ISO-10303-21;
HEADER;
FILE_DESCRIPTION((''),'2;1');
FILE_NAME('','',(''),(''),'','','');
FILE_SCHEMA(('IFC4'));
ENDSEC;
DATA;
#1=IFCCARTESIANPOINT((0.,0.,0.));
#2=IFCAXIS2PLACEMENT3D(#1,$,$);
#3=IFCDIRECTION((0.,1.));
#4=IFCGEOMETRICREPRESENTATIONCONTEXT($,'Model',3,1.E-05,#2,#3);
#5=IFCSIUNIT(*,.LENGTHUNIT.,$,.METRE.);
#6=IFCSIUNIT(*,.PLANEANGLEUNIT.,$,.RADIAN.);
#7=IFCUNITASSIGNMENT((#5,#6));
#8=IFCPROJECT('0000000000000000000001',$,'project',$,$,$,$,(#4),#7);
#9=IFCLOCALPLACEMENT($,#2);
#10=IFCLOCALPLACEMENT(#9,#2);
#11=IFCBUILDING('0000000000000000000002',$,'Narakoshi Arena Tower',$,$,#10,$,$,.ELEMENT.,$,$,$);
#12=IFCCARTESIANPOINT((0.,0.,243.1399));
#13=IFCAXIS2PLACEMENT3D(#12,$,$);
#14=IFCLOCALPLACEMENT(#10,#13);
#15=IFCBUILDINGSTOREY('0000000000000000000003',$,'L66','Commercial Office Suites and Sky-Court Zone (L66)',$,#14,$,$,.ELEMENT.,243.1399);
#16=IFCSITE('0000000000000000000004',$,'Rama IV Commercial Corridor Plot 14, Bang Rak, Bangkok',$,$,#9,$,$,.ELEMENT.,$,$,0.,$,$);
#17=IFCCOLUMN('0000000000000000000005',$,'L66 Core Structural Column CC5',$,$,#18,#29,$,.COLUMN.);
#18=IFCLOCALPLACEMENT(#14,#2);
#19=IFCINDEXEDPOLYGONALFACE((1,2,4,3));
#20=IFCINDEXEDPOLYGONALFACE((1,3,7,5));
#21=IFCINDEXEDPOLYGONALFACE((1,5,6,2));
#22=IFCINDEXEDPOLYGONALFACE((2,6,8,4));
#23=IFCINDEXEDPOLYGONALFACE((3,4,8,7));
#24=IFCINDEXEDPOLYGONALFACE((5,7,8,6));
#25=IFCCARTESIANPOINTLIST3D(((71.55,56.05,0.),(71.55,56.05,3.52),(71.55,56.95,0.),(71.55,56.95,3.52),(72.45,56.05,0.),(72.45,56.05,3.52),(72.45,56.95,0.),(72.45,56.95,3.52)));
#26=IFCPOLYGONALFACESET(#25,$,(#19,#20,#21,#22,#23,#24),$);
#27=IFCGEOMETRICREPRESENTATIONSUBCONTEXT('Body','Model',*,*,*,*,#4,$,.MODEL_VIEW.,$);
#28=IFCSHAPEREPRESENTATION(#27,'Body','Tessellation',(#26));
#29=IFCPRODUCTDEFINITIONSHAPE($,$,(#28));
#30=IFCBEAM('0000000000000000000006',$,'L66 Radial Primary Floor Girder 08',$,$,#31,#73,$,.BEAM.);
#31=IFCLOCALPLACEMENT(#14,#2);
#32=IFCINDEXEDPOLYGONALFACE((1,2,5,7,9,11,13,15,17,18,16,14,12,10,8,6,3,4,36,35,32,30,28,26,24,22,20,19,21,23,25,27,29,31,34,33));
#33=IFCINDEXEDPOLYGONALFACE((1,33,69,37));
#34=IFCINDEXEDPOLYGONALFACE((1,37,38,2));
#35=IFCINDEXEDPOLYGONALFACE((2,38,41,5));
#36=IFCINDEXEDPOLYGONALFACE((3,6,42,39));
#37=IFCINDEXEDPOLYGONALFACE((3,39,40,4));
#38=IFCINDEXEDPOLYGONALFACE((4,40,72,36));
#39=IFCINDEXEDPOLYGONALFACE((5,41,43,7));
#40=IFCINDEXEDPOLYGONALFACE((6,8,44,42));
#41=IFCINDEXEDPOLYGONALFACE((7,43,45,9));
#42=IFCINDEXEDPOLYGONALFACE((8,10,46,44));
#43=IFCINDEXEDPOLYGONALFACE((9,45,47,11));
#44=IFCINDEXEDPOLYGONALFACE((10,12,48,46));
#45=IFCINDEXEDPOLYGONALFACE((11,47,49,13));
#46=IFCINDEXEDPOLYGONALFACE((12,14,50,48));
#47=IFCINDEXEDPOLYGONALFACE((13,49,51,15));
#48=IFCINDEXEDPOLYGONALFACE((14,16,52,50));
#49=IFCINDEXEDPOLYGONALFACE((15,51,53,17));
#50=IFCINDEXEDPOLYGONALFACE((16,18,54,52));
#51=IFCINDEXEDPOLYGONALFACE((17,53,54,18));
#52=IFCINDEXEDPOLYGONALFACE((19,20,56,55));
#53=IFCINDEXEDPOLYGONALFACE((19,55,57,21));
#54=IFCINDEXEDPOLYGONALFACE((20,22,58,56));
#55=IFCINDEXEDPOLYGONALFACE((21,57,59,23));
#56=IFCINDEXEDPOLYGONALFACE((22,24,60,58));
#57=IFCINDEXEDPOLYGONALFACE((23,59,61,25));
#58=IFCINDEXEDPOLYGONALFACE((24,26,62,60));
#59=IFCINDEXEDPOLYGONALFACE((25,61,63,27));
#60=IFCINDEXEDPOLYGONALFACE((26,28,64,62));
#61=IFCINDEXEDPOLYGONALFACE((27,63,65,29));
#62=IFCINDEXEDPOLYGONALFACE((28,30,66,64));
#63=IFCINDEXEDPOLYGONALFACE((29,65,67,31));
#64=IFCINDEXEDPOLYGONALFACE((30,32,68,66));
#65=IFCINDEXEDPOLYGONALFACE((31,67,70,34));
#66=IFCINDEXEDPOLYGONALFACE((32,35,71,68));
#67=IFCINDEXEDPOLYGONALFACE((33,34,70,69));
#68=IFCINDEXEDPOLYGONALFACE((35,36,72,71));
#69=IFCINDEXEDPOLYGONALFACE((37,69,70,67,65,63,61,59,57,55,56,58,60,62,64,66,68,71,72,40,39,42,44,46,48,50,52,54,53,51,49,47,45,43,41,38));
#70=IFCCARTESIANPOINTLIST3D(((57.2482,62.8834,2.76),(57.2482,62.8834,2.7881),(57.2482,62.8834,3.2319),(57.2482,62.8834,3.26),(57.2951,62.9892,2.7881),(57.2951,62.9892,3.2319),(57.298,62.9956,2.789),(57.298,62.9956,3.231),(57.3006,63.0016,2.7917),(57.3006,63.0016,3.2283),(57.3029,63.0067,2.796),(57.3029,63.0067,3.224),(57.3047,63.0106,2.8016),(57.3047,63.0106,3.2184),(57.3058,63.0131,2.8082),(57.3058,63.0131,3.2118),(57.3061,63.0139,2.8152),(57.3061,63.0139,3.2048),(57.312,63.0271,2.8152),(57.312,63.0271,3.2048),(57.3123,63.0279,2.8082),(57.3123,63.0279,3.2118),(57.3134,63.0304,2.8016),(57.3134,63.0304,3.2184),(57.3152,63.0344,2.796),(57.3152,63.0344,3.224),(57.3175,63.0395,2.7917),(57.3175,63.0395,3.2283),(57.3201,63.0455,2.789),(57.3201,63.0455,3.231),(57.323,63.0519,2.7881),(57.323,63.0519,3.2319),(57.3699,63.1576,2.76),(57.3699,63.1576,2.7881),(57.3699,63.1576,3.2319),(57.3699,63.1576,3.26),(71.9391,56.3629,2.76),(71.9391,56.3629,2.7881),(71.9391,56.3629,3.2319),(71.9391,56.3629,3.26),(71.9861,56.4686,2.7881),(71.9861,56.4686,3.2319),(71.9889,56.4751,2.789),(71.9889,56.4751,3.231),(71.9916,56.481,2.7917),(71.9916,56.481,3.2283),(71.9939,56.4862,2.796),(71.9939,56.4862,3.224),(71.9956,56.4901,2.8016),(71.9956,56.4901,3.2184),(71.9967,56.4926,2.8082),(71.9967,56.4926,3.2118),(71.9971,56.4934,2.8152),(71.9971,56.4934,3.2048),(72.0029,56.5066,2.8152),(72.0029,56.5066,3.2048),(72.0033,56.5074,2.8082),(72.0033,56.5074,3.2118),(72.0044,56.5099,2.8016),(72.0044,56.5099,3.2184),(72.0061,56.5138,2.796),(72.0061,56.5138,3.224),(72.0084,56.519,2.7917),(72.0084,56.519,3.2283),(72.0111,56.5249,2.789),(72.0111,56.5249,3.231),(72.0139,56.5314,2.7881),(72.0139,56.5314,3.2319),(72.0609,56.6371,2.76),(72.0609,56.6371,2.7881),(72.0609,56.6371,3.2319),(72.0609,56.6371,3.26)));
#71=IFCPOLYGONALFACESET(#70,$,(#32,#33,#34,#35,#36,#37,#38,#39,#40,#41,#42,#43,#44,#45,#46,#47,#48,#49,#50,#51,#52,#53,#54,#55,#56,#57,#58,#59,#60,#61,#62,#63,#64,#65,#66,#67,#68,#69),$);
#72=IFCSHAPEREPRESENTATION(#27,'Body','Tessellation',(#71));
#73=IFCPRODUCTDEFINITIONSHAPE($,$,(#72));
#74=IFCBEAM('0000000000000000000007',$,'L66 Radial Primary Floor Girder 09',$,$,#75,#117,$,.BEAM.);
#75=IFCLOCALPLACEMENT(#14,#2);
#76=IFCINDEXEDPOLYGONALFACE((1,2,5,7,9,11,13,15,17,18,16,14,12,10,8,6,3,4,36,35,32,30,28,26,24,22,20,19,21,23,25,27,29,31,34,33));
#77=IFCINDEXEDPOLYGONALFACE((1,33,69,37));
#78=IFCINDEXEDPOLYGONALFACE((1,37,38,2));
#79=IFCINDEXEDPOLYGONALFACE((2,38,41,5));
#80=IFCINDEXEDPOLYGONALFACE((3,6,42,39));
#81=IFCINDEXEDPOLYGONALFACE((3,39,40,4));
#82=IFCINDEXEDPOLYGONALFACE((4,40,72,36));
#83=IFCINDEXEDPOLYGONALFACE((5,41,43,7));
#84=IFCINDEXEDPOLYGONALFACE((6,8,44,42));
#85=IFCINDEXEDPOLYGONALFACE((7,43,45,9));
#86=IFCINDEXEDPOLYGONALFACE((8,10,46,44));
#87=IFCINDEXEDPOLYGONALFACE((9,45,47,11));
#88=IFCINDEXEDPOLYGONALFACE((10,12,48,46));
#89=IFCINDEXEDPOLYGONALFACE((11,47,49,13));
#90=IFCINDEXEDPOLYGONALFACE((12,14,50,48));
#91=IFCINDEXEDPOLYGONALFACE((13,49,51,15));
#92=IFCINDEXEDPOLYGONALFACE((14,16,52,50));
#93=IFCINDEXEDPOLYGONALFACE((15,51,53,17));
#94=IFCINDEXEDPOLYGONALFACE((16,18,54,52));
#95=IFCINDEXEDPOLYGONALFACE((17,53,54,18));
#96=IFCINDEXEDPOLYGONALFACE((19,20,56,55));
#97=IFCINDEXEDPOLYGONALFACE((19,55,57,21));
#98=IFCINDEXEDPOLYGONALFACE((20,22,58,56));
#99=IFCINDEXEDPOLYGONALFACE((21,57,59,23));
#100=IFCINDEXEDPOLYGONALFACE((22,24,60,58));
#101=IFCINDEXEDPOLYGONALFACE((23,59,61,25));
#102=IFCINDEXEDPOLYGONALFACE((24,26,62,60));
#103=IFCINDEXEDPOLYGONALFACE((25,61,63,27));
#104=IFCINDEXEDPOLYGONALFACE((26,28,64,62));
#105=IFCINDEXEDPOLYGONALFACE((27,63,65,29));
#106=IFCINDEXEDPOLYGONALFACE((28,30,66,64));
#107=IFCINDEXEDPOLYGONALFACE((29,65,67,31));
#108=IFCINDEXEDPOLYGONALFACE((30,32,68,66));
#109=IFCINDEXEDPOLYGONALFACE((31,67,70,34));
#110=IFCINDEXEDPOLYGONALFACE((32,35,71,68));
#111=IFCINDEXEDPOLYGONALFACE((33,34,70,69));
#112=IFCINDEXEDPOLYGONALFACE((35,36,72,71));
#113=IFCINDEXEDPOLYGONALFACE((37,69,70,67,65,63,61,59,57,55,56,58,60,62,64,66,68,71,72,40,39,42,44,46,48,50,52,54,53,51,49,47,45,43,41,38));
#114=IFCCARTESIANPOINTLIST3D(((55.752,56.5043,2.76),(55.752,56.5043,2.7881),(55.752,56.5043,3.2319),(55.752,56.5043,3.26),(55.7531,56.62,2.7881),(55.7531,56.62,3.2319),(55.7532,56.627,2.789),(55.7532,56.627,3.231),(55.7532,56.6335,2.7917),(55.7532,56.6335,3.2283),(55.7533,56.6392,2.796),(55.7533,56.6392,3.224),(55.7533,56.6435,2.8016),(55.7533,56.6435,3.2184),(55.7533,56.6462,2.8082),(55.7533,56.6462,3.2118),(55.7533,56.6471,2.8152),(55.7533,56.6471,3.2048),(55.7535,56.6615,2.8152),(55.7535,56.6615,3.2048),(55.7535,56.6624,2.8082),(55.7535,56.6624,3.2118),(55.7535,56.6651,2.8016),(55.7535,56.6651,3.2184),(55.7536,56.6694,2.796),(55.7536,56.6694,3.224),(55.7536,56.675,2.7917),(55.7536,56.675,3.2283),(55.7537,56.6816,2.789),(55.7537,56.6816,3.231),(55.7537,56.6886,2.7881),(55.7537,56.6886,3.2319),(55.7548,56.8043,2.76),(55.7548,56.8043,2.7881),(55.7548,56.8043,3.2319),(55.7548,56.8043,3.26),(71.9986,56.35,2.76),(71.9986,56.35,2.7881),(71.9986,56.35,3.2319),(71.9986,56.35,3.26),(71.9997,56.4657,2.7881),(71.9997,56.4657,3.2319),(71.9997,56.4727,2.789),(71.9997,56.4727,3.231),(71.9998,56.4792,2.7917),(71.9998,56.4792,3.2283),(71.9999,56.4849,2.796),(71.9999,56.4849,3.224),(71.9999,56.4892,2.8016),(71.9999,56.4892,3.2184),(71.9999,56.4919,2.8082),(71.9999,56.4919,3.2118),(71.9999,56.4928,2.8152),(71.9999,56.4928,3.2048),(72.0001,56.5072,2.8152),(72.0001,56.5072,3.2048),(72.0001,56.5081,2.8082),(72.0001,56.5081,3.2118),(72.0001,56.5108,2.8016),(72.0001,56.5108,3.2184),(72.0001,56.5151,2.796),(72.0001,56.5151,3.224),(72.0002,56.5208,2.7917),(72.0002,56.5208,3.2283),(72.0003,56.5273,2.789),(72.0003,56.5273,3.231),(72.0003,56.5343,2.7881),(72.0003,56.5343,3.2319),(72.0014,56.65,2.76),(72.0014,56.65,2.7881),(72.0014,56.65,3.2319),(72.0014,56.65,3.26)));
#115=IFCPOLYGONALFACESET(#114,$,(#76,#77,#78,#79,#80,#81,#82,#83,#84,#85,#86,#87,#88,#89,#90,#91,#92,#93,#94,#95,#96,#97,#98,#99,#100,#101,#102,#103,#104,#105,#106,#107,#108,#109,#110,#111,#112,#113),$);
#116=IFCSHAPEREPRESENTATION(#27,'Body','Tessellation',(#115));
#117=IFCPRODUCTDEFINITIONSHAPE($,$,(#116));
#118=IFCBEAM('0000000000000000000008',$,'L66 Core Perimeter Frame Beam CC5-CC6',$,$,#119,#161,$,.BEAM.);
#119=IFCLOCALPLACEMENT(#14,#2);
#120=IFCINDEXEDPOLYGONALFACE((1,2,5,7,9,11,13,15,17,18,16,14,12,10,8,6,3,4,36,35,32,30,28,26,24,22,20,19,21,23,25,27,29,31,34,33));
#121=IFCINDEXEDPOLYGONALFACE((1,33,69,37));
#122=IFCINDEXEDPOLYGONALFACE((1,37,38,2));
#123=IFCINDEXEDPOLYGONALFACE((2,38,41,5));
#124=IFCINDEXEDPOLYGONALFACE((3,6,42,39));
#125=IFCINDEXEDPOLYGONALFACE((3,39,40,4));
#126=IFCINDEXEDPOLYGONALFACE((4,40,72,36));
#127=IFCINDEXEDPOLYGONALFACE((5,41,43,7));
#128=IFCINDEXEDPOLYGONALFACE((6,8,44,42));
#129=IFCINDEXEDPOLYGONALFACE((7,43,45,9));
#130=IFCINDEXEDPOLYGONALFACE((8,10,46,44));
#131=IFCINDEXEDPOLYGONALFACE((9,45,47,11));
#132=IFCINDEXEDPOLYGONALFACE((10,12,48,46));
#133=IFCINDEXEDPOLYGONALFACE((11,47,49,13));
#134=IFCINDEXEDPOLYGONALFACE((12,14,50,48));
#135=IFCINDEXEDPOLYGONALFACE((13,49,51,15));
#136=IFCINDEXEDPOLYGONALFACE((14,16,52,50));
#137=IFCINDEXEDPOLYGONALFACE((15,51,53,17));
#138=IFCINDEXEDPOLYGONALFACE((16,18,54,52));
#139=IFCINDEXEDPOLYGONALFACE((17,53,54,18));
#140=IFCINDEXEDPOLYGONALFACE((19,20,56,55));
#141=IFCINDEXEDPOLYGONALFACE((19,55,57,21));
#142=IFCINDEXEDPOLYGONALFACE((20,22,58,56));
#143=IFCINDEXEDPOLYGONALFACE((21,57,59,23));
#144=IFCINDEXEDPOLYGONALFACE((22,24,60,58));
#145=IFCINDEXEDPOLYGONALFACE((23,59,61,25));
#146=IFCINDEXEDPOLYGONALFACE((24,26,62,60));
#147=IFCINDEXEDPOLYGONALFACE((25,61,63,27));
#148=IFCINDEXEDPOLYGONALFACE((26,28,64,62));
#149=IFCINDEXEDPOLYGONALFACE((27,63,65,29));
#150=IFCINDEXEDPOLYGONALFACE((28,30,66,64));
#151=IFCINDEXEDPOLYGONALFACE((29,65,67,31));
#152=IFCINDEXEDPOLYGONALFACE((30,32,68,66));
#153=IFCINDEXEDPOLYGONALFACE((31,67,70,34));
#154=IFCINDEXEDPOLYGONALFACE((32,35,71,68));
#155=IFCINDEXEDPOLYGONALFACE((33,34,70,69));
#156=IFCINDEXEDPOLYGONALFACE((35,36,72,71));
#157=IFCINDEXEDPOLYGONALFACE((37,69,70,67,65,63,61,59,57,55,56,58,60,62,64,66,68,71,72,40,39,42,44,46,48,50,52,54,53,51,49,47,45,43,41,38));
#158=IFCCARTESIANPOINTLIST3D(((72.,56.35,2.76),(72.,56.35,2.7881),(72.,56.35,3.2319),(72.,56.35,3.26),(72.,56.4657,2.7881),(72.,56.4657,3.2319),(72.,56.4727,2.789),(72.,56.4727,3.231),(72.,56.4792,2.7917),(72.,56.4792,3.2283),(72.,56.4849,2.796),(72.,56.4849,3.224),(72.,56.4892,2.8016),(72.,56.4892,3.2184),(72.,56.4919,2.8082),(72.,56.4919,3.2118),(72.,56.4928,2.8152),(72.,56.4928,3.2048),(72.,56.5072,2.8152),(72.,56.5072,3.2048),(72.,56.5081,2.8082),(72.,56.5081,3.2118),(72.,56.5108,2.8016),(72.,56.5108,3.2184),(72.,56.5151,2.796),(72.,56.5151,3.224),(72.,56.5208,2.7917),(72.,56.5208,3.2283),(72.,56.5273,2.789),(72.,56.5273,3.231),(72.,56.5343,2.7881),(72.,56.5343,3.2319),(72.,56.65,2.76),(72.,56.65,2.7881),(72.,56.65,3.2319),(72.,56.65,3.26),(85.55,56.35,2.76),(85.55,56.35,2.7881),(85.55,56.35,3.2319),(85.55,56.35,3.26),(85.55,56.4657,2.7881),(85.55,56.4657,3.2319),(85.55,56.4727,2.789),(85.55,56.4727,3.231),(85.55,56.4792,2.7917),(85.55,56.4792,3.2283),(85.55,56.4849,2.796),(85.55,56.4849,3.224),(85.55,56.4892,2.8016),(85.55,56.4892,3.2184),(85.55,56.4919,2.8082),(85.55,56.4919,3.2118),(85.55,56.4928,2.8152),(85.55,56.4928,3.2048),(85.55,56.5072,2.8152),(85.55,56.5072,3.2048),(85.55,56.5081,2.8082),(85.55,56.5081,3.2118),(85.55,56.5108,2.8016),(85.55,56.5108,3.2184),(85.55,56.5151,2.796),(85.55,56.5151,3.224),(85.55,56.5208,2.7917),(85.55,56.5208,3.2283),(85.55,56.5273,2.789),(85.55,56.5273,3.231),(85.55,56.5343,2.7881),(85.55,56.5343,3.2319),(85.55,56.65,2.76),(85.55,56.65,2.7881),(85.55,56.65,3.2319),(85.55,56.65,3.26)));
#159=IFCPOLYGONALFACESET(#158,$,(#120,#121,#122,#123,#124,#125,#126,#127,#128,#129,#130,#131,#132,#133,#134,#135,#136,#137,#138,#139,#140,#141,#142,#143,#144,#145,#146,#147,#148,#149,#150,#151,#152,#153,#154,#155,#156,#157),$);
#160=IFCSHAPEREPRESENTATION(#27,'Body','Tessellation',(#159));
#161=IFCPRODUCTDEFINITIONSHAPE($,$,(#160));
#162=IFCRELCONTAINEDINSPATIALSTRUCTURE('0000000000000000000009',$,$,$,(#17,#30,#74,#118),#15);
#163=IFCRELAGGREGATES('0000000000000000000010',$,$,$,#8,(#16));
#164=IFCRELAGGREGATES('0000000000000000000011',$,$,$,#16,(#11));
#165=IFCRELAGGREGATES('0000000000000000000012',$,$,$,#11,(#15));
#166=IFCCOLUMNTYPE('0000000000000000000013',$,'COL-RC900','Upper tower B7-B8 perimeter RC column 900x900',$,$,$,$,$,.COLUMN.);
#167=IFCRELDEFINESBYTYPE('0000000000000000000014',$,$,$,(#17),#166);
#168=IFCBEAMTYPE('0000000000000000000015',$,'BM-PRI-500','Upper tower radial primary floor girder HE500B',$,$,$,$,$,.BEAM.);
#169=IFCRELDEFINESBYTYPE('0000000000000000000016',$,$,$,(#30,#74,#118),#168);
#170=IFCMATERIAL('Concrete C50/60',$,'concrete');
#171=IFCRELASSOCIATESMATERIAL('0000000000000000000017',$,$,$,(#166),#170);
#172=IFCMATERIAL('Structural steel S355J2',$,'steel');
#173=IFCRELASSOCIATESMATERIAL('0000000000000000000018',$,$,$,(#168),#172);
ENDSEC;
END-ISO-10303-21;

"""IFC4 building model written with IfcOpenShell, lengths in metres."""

from ifc_helpers import new_model, si_unit, direction, frame, origin, origin_2d, place, context, subcontext, project, spatial, rectangle, i_section, extrude, material, material_profile, profile_set, type_object, element, save


model = new_model("IFC4")

# Units and contexts
model_context = context("Model", 3, precision=1e-05, world=origin(), true_north=direction((0.0, 1.0)))
body_context = subcontext(model_context, "Body", "Model", "MODEL_VIEW")
ifc_project = project(units=[si_unit("LENGTHUNIT", "METRE"), si_unit("PLANEANGLEUNIT", "RADIAN")], contexts=[model_context])

# Site, building, storey
site_placement = place(None, origin())
site = spatial("IfcSite", under=ifc_project, at=site_placement, Name="Rama IV Commercial Corridor Plot 14, Bang Rak, Bangkok", CompositionType="ELEMENT", RefElevation=0.0)
building_placement = place(site_placement, origin())
building = spatial("IfcBuilding", under=site, at=building_placement, Name="Narakoshi Arena Tower", CompositionType="ELEMENT")
storey_placement = place(building_placement, frame((0.0, 0.0, 243.1399)))
storey = spatial("IfcBuildingStorey", under=building, at=storey_placement, Name="L66", Description="Commercial Office Suites and Sky-Court Zone (L66)", CompositionType="ELEMENT", Elevation=243.1399)

# Column
ifc_material_1 = material(Name="Concrete C50/60", Category="concrete")
ifc_material_profile_1 = material_profile(ifc_material_1, rectangle(XDim=0.8999, YDim=0.8999, at=origin_2d()), Name="RC900x900")
ifc_profile_set_1 = profile_set([ifc_material_profile_1], Name="Concrete C50/60")
column_type = type_object("IfcColumnType", Name="COL-RC900", Description="Upper tower B7-B8 perimeter RC column 900x900", PredefinedType="COLUMN", material=ifc_profile_set_1)
column_placement = place(storey_placement, frame((72.0, 56.5, 0.0), z_axis=(0.0, 0.0, 1.0), x_axis=(1.0, 0.0, 0.0)))
element("IfcColumn", 1, at=column_placement, inside=storey, type_object=column_type, Name="L66 Core Structural Column CC5", PredefinedType="COLUMN", context=body_context, shape_type="SweptSolid", body=[
    extrude(rectangle(XDim=0.8999, YDim=0.8999, at=origin_2d()), origin(), (0.0, 0.0, 1.0), 3.52),
])

# Beams
ifc_material_2 = material(Name="Structural steel S355J2", Category="steel")
ifc_material_profile_2 = material_profile(ifc_material_2, i_section(OverallWidth=0.3, OverallDepth=0.5, WebThickness=0.0144, FlangeThickness=0.0281, FilletRadius=0.0271, at=origin_2d()), Name="HE500B")
ifc_profile_set_2 = profile_set([ifc_material_profile_2], Name="Structural steel S355J2")
beam_type = type_object("IfcBeamType", Name="BM-PRI-500", Description="Upper tower radial primary floor girder HE500B", PredefinedType="BEAM", material=ifc_profile_set_2)
beam_1_placement = place(storey_placement, frame((72.0, 56.5, 3.01), z_axis=(-0.914014, 0.405682, 0.0), x_axis=(-0.405682, -0.914014, 0.0)))
element("IfcBeam", 2, at=beam_1_placement, inside=storey, type_object=beam_type, Name="L66 Radial Primary Floor Girder 08", PredefinedType="BEAM", context=body_context, shape_type="SweptSolid", body=[
    extrude(i_section(OverallWidth=0.3, OverallDepth=0.5, WebThickness=0.0144, FlangeThickness=0.0281, FilletRadius=0.0271, at=origin_2d()), origin(), (0.0, 0.0, 1.0), 16.073),
])
beam_2_placement = place(storey_placement, frame((72.0, 56.5, 3.01), z_axis=(-0.999955, 0.009497, 0.0), x_axis=(-0.009497, -0.999955, 0.0)))
element("IfcBeam", 3, at=beam_2_placement, inside=storey, type_object=beam_type, Name="L66 Radial Primary Floor Girder 09", PredefinedType="BEAM", context=body_context, shape_type="SweptSolid", body=[
    extrude(i_section(OverallWidth=0.3, OverallDepth=0.5, WebThickness=0.0144, FlangeThickness=0.0281, FilletRadius=0.0271, at=origin_2d()), origin(), (0.0, 0.0, 1.0), 16.2473),
])
beam_3_placement = place(storey_placement, frame((72.0, 56.5, 3.01), z_axis=(1.0, 0.0, 0.0), x_axis=(0.0, 1.0, 0.0)))
element("IfcBeam", 4, at=beam_3_placement, inside=storey, type_object=beam_type, Name="L66 Core Perimeter Frame Beam CC5-CC6", PredefinedType="BEAM", context=body_context, shape_type="SweptSolid", body=[
    extrude(i_section(OverallWidth=0.3, OverallDepth=0.5, WebThickness=0.0144, FlangeThickness=0.0281, FilletRadius=0.0271, at=origin_2d()), origin(), (0.0, 0.0, 1.0), 13.55),
])

save(model, "model.ifc")
